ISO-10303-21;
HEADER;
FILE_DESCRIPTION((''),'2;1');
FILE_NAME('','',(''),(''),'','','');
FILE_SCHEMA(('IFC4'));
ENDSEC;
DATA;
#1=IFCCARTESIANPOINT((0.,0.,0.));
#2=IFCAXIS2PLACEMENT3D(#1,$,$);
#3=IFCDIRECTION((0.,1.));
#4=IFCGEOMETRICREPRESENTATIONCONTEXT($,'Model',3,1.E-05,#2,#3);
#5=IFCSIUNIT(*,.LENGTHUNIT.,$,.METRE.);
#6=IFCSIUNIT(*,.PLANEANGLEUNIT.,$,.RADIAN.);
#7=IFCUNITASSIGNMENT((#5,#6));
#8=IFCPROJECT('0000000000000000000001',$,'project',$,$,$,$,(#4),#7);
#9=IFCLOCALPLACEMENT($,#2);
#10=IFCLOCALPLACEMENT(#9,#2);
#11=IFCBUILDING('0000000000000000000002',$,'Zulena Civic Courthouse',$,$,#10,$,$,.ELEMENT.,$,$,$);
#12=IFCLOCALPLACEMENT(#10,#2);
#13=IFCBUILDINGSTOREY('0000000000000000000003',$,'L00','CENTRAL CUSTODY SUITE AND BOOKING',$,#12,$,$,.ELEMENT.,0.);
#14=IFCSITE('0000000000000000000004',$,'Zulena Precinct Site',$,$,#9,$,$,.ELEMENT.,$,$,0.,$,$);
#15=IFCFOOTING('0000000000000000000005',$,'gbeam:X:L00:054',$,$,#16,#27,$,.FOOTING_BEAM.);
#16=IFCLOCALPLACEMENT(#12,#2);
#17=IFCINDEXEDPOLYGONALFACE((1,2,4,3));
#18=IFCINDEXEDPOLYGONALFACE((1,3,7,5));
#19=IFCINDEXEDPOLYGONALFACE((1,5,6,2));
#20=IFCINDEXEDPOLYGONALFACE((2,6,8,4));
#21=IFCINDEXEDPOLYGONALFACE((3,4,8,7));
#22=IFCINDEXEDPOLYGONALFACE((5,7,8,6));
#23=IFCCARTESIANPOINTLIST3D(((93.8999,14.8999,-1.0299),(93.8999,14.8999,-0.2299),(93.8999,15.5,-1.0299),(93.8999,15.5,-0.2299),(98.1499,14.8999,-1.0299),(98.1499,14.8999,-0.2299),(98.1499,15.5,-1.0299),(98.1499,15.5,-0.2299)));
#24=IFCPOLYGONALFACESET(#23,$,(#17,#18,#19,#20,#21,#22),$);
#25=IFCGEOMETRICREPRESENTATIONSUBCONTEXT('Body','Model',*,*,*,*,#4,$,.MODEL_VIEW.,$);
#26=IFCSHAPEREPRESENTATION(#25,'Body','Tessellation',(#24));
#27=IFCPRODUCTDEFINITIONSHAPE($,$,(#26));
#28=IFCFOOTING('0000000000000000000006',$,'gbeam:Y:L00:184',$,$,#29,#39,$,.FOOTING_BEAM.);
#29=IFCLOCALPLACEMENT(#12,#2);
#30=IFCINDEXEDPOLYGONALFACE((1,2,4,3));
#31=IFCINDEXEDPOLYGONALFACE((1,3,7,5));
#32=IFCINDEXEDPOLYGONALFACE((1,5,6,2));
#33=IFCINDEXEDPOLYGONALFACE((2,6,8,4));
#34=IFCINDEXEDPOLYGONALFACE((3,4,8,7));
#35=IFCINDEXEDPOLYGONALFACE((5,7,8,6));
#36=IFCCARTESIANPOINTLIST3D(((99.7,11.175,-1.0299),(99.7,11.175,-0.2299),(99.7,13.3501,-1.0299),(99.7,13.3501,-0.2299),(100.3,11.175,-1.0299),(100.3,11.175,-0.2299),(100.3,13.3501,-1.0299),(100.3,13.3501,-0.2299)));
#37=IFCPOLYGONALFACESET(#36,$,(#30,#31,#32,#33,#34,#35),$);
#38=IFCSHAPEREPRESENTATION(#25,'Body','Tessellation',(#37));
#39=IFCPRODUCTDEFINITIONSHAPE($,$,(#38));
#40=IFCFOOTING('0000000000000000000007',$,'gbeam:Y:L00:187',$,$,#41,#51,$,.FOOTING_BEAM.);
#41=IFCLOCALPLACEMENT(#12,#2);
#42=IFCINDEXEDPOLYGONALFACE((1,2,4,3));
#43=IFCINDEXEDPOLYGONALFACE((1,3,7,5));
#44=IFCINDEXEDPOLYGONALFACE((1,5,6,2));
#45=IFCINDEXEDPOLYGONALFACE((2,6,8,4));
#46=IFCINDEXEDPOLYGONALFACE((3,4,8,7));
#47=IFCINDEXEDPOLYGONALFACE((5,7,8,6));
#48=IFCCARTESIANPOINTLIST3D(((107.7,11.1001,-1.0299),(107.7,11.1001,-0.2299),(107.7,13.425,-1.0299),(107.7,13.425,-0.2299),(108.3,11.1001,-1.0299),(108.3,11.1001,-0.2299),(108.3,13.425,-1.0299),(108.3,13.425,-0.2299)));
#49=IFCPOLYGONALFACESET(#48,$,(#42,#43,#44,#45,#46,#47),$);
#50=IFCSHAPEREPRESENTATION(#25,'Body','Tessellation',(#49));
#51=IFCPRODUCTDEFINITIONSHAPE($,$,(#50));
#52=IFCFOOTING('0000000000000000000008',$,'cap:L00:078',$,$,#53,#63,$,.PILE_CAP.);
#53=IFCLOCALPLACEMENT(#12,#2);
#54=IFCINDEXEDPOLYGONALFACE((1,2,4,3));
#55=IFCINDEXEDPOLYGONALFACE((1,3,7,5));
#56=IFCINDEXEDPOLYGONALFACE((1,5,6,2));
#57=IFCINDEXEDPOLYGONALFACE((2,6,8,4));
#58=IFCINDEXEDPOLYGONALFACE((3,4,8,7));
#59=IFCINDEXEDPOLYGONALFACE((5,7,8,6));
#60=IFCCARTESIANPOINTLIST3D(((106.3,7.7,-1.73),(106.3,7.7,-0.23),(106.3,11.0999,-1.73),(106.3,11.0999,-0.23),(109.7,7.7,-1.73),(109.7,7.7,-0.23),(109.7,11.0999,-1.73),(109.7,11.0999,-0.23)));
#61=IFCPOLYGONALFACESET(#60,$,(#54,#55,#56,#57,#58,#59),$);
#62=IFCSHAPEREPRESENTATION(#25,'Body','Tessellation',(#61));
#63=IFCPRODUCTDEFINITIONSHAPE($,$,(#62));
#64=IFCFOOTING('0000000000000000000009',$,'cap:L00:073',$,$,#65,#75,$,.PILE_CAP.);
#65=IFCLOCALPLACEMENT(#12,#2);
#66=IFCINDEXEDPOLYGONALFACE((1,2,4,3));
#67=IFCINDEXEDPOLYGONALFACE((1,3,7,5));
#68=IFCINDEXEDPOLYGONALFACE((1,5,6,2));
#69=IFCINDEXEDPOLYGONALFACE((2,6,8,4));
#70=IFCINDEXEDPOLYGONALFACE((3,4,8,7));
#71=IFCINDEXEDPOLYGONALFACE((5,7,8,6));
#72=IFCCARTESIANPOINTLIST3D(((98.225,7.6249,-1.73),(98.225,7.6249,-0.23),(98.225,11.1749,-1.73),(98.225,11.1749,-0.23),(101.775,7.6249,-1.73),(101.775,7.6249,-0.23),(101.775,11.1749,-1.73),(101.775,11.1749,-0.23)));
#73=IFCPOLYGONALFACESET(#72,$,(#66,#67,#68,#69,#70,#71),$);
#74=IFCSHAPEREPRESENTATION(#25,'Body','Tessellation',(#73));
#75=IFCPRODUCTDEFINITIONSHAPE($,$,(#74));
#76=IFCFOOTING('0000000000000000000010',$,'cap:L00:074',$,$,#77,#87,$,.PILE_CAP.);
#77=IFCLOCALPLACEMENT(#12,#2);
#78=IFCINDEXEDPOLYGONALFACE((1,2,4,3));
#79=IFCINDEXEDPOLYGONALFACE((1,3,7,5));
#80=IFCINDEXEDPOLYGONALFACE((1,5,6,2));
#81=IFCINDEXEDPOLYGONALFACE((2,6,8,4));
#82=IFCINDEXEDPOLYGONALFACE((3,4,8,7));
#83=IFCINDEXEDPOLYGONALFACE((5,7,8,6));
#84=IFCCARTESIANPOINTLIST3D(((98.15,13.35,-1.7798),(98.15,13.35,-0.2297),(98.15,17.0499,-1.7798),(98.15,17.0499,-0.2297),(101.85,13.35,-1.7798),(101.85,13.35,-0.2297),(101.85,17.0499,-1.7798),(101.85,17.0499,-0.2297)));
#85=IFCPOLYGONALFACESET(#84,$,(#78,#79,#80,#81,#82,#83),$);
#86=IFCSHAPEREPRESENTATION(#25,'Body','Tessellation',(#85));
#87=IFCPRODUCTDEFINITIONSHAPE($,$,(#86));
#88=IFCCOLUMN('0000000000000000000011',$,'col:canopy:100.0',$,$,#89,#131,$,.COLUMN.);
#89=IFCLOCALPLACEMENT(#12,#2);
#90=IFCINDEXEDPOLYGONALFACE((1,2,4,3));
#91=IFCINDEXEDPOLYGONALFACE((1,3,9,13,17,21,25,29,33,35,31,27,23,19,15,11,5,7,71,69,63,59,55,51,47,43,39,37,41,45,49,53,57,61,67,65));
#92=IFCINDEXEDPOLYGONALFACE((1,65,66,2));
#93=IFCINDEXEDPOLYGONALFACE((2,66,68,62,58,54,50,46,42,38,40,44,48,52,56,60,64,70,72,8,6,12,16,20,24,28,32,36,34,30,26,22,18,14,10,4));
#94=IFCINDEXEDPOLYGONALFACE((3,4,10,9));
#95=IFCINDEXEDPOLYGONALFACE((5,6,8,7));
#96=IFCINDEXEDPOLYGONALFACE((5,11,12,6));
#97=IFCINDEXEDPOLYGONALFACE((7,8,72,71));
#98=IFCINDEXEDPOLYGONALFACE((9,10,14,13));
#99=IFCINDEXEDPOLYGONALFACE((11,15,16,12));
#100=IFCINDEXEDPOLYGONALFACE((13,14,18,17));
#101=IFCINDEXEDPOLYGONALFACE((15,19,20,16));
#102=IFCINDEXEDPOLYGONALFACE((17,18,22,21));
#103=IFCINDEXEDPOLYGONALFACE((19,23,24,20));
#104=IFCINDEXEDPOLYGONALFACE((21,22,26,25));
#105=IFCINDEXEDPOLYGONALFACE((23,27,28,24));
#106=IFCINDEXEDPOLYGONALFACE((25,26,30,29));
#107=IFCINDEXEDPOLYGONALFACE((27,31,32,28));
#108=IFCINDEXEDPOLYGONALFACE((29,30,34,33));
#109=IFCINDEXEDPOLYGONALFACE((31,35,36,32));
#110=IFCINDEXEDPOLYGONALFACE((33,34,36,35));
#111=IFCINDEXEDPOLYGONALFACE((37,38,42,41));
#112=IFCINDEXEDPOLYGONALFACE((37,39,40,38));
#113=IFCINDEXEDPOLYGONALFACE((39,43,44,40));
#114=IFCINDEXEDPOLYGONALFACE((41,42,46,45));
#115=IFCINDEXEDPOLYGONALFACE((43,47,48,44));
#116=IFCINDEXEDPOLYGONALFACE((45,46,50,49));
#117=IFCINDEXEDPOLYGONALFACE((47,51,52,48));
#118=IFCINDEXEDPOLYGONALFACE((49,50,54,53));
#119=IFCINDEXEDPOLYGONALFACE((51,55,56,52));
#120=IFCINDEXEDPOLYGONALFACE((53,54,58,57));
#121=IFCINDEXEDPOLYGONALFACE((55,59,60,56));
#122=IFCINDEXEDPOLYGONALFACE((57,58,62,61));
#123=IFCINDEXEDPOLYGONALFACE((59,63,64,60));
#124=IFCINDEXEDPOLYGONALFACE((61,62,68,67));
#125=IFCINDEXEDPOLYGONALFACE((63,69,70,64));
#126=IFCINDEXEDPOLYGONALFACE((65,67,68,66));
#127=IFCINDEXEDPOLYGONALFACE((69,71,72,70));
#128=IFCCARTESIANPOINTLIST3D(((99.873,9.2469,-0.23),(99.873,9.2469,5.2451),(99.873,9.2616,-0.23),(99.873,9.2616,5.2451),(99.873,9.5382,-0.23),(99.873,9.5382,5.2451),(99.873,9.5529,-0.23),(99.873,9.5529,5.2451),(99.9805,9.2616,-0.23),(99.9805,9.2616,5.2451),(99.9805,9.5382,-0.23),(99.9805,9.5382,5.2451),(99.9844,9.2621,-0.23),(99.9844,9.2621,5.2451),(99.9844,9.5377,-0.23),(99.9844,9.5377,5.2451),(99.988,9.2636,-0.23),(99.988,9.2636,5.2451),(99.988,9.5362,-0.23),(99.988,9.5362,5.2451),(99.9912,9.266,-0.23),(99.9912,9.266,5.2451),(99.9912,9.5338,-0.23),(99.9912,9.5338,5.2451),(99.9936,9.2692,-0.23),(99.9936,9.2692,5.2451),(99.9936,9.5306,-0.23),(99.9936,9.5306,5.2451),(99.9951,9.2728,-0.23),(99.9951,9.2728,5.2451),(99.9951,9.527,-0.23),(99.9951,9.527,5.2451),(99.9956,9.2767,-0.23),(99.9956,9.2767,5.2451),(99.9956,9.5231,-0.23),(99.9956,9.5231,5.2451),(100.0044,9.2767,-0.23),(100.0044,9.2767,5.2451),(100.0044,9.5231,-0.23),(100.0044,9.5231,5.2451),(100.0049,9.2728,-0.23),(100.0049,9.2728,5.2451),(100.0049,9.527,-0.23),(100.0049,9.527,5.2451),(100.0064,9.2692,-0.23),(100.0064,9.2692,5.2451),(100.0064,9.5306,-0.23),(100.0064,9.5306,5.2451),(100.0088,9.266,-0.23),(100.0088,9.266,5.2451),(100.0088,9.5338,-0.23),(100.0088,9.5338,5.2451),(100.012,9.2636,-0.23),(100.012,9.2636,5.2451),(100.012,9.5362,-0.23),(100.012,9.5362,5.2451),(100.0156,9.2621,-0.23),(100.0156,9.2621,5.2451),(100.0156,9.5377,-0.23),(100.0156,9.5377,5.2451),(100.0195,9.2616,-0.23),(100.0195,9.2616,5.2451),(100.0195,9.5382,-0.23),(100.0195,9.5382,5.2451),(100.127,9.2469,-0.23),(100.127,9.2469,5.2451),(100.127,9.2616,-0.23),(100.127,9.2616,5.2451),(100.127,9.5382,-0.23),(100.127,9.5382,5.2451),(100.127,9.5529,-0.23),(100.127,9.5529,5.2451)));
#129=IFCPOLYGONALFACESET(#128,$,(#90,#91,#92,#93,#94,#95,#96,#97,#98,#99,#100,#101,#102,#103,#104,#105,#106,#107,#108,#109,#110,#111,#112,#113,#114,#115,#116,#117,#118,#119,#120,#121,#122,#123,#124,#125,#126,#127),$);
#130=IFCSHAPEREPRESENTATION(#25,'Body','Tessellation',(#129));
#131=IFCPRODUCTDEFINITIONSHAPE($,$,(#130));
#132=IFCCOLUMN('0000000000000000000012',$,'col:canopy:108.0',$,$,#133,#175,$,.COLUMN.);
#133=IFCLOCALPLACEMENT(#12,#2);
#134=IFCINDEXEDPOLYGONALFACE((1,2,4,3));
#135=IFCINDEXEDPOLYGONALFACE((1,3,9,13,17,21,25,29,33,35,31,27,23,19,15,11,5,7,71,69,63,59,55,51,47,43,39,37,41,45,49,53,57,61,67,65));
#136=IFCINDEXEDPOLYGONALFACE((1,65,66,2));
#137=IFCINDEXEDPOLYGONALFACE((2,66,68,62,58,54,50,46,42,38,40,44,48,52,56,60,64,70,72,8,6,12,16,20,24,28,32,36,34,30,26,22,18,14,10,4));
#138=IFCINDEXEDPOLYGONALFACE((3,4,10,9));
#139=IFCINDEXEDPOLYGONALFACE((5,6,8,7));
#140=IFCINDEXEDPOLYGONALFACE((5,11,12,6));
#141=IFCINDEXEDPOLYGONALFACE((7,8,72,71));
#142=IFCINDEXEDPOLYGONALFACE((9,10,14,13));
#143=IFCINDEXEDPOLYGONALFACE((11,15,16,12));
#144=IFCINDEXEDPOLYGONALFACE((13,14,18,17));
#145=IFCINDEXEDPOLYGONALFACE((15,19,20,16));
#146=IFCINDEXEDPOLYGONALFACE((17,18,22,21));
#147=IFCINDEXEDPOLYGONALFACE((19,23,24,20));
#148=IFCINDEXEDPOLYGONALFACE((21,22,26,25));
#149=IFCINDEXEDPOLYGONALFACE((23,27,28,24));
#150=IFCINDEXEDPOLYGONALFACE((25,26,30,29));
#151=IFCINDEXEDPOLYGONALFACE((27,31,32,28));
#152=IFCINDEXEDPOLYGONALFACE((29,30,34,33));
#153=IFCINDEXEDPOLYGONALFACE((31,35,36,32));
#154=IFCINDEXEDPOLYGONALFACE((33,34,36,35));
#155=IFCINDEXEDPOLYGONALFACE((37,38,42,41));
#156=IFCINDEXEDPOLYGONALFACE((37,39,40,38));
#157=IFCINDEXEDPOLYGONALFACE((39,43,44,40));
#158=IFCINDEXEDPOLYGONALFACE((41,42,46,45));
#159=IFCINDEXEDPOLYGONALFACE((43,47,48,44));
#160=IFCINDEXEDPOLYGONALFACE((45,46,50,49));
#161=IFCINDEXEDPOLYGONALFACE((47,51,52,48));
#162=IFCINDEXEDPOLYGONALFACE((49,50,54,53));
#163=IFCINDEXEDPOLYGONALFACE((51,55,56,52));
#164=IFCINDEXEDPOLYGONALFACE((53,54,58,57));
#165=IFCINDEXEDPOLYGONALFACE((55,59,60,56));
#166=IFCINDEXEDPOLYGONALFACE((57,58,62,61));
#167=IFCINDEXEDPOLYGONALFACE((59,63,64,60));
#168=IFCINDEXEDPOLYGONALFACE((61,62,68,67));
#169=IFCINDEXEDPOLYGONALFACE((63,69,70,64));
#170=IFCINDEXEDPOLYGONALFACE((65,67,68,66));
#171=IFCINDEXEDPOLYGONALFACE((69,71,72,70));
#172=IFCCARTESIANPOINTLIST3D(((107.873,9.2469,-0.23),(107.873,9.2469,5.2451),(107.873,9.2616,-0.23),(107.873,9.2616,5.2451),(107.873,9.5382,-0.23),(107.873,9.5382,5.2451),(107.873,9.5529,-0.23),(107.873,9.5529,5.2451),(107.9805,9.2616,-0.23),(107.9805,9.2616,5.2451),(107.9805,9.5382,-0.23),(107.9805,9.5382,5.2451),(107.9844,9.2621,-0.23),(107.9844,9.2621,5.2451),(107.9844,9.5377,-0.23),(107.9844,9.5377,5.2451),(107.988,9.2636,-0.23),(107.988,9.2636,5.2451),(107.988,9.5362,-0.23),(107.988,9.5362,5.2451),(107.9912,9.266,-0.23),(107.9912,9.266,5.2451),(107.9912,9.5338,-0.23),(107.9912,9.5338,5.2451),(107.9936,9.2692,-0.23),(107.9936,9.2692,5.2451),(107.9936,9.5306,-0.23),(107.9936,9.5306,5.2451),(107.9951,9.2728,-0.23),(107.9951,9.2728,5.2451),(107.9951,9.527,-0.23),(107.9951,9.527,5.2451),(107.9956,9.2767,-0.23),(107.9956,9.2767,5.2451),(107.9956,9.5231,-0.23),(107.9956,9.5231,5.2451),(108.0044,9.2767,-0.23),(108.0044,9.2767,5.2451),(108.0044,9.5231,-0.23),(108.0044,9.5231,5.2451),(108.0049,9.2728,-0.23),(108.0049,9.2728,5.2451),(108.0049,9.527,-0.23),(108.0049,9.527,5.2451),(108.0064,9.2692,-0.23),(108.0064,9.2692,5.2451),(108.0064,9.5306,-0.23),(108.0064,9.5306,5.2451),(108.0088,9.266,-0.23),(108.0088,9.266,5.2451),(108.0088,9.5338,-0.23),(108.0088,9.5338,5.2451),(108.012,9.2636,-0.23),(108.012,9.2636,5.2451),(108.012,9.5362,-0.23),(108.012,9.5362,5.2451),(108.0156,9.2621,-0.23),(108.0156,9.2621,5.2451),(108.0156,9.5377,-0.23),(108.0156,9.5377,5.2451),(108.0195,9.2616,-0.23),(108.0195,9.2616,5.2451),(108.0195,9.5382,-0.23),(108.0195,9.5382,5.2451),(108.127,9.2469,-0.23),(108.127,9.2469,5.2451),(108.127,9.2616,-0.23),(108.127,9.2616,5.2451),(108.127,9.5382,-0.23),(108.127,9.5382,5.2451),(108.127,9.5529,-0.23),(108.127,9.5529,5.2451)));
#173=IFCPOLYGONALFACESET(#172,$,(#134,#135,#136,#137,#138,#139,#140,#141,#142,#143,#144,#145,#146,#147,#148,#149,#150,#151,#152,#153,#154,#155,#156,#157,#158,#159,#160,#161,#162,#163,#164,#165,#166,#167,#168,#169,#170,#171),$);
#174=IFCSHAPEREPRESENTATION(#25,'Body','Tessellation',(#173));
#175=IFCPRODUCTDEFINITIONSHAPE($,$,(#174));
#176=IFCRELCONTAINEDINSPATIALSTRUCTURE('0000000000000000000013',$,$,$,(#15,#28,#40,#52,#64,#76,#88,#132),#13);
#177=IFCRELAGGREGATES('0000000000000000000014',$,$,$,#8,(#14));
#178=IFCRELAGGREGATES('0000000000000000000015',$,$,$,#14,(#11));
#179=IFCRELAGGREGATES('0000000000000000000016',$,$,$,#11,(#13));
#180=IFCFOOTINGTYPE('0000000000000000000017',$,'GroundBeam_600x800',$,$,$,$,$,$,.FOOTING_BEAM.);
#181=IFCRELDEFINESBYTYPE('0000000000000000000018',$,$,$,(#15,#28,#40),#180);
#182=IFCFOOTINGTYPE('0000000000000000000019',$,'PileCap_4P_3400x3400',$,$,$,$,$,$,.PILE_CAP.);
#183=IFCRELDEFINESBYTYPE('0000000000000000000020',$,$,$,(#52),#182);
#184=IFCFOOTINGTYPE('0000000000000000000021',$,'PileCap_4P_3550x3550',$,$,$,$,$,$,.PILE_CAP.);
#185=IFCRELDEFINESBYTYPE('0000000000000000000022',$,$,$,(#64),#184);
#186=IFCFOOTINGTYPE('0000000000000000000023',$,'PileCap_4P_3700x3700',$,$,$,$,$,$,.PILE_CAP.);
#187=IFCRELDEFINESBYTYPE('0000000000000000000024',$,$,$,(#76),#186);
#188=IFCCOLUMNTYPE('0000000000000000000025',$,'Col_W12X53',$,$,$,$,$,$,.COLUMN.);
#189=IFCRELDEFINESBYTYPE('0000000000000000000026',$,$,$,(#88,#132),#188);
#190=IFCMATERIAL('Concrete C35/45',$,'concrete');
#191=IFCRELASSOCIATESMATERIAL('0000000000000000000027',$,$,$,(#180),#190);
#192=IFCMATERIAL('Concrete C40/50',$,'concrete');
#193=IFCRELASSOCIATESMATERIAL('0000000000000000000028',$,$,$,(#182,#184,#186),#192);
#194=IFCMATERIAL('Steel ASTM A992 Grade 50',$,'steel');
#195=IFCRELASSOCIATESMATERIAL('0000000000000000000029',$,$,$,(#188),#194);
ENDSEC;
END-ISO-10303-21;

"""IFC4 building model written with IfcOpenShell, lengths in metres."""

from ifc_helpers import new_model, si_unit, direction, frame, origin, origin_2d, place, context, subcontext, project, spatial, rectangle, i_section, extrude, material, material_profile, profile_set, type_object, element, save


model = new_model("IFC4")

# Units and contexts
model_context = context("Model", 3, precision=1e-05, world=origin(), true_north=direction((0.0, 1.0)))
body_context = subcontext(model_context, "Body", "Model", "MODEL_VIEW")
ifc_project = project(units=[si_unit("LENGTHUNIT", "METRE"), si_unit("PLANEANGLEUNIT", "RADIAN")], contexts=[model_context])

# Site, building, storey
site_placement = place(None, origin())
site = spatial("IfcSite", under=ifc_project, at=site_placement, Name="Zulena Precinct Site", CompositionType="ELEMENT", RefElevation=0.0)
building_placement = place(site_placement, origin())
building = spatial("IfcBuilding", under=site, at=building_placement, Name="Zulena Civic Courthouse", CompositionType="ELEMENT")
storey_placement = place(building_placement, origin())
storey = spatial("IfcBuildingStorey", under=building, at=storey_placement, Name="L00", Description="CENTRAL CUSTODY SUITE AND BOOKING", CompositionType="ELEMENT", Elevation=0.0)

# Shared definitions
ifc_material_1 = material(Name="Concrete C40/50", Category="concrete")

# Footings
ifc_material_2 = material(Name="Concrete C35/45", Category="concrete")
ifc_material_profile_1 = material_profile(ifc_material_2, rectangle(XDim=0.6001, YDim=0.8, at=origin_2d()), Name="RC600X800")
ifc_profile_set_1 = profile_set([ifc_material_profile_1], Name="Concrete C35/45")
footing_type_1 = type_object("IfcFootingType", Name="GroundBeam_600x800", PredefinedType="FOOTING_BEAM", material=ifc_profile_set_1)
footing_1_placement = place(storey_placement, frame((93.8999, 15.2, -0.6299), z_axis=(1.0, 0.0, 0.0), x_axis=(0.0, 1.0, 0.0)))
element("IfcFooting", 1, at=footing_1_placement, inside=storey, type_object=footing_type_1, Name="gbeam:X:L00:054", PredefinedType="FOOTING_BEAM", context=body_context, shape_type="SweptSolid", body=[
    extrude(rectangle(XDim=0.6001, YDim=0.8, at=origin_2d()), origin(), (0.0, 0.0, 1.0), 4.25),
])
footing_2_placement = place(storey_placement, frame((100.0, 11.175, -0.6299), z_axis=(0.0, 1.0, 0.0), x_axis=(-1.0, 0.0, 0.0)))
element("IfcFooting", 2, at=footing_2_placement, inside=storey, type_object=footing_type_1, Name="gbeam:Y:L00:184", PredefinedType="FOOTING_BEAM", context=body_context, shape_type="SweptSolid", body=[
    extrude(rectangle(XDim=0.6001, YDim=0.8, at=origin_2d()), origin(), (0.0, 0.0, 1.0), 2.175),
])
footing_3_placement = place(storey_placement, frame((108.0, 11.1001, -0.6299), z_axis=(0.0, 1.0, 0.0), x_axis=(-1.0, 0.0, 0.0)))
element("IfcFooting", 3, at=footing_3_placement, inside=storey, type_object=footing_type_1, Name="gbeam:Y:L00:187", PredefinedType="FOOTING_BEAM", context=body_context, shape_type="SweptSolid", body=[
    extrude(rectangle(XDim=0.6001, YDim=0.8, at=origin_2d()), origin(), (0.0, 0.0, 1.0), 2.325),
])
footing_type_2 = type_object("IfcFootingType", Name="PileCap_4P_3400x3400", PredefinedType="PILE_CAP", material=ifc_material_1)
footing_4_placement = place(storey_placement, frame((108.0, 9.3999, -1.73), z_axis=(0.0, 0.0, 1.0), x_axis=(1.0, 0.0, 0.0)))
element("IfcFooting", 4, at=footing_4_placement, inside=storey, type_object=footing_type_2, Name="cap:L00:078", PredefinedType="PILE_CAP", context=body_context, shape_type="SweptSolid", body=[
    extrude(rectangle(XDim=3.3999, YDim=3.3999, at=origin_2d()), origin(), (0.0, 0.0, 1.0), 1.5),
])
footing_type_3 = type_object("IfcFootingType", Name="PileCap_4P_3550x3550", PredefinedType="PILE_CAP", material=ifc_material_1)
footing_5_placement = place(storey_placement, frame((100.0, 9.3999, -1.73), z_axis=(0.0, 0.0, 1.0), x_axis=(1.0, 0.0, 0.0)))
element("IfcFooting", 5, at=footing_5_placement, inside=storey, type_object=footing_type_3, Name="cap:L00:073", PredefinedType="PILE_CAP", context=body_context, shape_type="SweptSolid", body=[
    extrude(rectangle(XDim=3.55, YDim=3.55, at=origin_2d()), origin(), (0.0, 0.0, 1.0), 1.5),
])
footing_type_4 = type_object("IfcFootingType", Name="PileCap_4P_3700x3700", PredefinedType="PILE_CAP", material=ifc_material_1)
footing_6_placement = place(storey_placement, frame((100.0, 15.2, -1.7798), z_axis=(0.0, 0.0, 1.0), x_axis=(1.0, 0.0, 0.0)))
element("IfcFooting", 6, at=footing_6_placement, inside=storey, type_object=footing_type_4, Name="cap:L00:074", PredefinedType="PILE_CAP", context=body_context, shape_type="SweptSolid", body=[
    extrude(rectangle(XDim=3.7, YDim=3.7, at=origin_2d()), origin(), (0.0, 0.0, 1.0), 1.55),
])

# Columns
ifc_material_3 = material(Name="Steel ASTM A992 Grade 50", Category="steel")
ifc_material_profile_2 = material_profile(ifc_material_3, i_section(OverallWidth=0.2539, OverallDepth=0.3059, WebThickness=0.0088, FlangeThickness=0.0146, FilletRadius=0.0151, at=origin_2d()), Name="W12X53")
ifc_profile_set_2 = profile_set([ifc_material_profile_2], Name="Steel ASTM A992 Grade 50")
column_type_1 = type_object("IfcColumnType", Name="Col_W12X53", PredefinedType="COLUMN", material=ifc_profile_set_2)
for number, where, z_axis, x_axis, name in (
    (7, (100.0, 9.3999, -0.23), (0.0, 0.0, 1.0), (1.0, 0.0, 0.0), "col:canopy:100.0"),
    (8, (108.0, 9.3999, -0.23), (0.0, 0.0, 1.0), (1.0, 0.0, 0.0), "col:canopy:108.0"),
):
    element("IfcColumn", number, at=place(storey_placement, frame(where, z_axis=z_axis, x_axis=x_axis)), inside=storey, type_object=column_type_1, Name=name, PredefinedType="COLUMN", context=body_context, shape_type="SweptSolid", body=[
        extrude(i_section(OverallWidth=0.2539, OverallDepth=0.3059, WebThickness=0.0088, FlangeThickness=0.0146, FilletRadius=0.0151, at=origin_2d()), origin(), (0.0, 0.0, 1.0), 5.4751),
    ])

save(model, "model.ifc")
